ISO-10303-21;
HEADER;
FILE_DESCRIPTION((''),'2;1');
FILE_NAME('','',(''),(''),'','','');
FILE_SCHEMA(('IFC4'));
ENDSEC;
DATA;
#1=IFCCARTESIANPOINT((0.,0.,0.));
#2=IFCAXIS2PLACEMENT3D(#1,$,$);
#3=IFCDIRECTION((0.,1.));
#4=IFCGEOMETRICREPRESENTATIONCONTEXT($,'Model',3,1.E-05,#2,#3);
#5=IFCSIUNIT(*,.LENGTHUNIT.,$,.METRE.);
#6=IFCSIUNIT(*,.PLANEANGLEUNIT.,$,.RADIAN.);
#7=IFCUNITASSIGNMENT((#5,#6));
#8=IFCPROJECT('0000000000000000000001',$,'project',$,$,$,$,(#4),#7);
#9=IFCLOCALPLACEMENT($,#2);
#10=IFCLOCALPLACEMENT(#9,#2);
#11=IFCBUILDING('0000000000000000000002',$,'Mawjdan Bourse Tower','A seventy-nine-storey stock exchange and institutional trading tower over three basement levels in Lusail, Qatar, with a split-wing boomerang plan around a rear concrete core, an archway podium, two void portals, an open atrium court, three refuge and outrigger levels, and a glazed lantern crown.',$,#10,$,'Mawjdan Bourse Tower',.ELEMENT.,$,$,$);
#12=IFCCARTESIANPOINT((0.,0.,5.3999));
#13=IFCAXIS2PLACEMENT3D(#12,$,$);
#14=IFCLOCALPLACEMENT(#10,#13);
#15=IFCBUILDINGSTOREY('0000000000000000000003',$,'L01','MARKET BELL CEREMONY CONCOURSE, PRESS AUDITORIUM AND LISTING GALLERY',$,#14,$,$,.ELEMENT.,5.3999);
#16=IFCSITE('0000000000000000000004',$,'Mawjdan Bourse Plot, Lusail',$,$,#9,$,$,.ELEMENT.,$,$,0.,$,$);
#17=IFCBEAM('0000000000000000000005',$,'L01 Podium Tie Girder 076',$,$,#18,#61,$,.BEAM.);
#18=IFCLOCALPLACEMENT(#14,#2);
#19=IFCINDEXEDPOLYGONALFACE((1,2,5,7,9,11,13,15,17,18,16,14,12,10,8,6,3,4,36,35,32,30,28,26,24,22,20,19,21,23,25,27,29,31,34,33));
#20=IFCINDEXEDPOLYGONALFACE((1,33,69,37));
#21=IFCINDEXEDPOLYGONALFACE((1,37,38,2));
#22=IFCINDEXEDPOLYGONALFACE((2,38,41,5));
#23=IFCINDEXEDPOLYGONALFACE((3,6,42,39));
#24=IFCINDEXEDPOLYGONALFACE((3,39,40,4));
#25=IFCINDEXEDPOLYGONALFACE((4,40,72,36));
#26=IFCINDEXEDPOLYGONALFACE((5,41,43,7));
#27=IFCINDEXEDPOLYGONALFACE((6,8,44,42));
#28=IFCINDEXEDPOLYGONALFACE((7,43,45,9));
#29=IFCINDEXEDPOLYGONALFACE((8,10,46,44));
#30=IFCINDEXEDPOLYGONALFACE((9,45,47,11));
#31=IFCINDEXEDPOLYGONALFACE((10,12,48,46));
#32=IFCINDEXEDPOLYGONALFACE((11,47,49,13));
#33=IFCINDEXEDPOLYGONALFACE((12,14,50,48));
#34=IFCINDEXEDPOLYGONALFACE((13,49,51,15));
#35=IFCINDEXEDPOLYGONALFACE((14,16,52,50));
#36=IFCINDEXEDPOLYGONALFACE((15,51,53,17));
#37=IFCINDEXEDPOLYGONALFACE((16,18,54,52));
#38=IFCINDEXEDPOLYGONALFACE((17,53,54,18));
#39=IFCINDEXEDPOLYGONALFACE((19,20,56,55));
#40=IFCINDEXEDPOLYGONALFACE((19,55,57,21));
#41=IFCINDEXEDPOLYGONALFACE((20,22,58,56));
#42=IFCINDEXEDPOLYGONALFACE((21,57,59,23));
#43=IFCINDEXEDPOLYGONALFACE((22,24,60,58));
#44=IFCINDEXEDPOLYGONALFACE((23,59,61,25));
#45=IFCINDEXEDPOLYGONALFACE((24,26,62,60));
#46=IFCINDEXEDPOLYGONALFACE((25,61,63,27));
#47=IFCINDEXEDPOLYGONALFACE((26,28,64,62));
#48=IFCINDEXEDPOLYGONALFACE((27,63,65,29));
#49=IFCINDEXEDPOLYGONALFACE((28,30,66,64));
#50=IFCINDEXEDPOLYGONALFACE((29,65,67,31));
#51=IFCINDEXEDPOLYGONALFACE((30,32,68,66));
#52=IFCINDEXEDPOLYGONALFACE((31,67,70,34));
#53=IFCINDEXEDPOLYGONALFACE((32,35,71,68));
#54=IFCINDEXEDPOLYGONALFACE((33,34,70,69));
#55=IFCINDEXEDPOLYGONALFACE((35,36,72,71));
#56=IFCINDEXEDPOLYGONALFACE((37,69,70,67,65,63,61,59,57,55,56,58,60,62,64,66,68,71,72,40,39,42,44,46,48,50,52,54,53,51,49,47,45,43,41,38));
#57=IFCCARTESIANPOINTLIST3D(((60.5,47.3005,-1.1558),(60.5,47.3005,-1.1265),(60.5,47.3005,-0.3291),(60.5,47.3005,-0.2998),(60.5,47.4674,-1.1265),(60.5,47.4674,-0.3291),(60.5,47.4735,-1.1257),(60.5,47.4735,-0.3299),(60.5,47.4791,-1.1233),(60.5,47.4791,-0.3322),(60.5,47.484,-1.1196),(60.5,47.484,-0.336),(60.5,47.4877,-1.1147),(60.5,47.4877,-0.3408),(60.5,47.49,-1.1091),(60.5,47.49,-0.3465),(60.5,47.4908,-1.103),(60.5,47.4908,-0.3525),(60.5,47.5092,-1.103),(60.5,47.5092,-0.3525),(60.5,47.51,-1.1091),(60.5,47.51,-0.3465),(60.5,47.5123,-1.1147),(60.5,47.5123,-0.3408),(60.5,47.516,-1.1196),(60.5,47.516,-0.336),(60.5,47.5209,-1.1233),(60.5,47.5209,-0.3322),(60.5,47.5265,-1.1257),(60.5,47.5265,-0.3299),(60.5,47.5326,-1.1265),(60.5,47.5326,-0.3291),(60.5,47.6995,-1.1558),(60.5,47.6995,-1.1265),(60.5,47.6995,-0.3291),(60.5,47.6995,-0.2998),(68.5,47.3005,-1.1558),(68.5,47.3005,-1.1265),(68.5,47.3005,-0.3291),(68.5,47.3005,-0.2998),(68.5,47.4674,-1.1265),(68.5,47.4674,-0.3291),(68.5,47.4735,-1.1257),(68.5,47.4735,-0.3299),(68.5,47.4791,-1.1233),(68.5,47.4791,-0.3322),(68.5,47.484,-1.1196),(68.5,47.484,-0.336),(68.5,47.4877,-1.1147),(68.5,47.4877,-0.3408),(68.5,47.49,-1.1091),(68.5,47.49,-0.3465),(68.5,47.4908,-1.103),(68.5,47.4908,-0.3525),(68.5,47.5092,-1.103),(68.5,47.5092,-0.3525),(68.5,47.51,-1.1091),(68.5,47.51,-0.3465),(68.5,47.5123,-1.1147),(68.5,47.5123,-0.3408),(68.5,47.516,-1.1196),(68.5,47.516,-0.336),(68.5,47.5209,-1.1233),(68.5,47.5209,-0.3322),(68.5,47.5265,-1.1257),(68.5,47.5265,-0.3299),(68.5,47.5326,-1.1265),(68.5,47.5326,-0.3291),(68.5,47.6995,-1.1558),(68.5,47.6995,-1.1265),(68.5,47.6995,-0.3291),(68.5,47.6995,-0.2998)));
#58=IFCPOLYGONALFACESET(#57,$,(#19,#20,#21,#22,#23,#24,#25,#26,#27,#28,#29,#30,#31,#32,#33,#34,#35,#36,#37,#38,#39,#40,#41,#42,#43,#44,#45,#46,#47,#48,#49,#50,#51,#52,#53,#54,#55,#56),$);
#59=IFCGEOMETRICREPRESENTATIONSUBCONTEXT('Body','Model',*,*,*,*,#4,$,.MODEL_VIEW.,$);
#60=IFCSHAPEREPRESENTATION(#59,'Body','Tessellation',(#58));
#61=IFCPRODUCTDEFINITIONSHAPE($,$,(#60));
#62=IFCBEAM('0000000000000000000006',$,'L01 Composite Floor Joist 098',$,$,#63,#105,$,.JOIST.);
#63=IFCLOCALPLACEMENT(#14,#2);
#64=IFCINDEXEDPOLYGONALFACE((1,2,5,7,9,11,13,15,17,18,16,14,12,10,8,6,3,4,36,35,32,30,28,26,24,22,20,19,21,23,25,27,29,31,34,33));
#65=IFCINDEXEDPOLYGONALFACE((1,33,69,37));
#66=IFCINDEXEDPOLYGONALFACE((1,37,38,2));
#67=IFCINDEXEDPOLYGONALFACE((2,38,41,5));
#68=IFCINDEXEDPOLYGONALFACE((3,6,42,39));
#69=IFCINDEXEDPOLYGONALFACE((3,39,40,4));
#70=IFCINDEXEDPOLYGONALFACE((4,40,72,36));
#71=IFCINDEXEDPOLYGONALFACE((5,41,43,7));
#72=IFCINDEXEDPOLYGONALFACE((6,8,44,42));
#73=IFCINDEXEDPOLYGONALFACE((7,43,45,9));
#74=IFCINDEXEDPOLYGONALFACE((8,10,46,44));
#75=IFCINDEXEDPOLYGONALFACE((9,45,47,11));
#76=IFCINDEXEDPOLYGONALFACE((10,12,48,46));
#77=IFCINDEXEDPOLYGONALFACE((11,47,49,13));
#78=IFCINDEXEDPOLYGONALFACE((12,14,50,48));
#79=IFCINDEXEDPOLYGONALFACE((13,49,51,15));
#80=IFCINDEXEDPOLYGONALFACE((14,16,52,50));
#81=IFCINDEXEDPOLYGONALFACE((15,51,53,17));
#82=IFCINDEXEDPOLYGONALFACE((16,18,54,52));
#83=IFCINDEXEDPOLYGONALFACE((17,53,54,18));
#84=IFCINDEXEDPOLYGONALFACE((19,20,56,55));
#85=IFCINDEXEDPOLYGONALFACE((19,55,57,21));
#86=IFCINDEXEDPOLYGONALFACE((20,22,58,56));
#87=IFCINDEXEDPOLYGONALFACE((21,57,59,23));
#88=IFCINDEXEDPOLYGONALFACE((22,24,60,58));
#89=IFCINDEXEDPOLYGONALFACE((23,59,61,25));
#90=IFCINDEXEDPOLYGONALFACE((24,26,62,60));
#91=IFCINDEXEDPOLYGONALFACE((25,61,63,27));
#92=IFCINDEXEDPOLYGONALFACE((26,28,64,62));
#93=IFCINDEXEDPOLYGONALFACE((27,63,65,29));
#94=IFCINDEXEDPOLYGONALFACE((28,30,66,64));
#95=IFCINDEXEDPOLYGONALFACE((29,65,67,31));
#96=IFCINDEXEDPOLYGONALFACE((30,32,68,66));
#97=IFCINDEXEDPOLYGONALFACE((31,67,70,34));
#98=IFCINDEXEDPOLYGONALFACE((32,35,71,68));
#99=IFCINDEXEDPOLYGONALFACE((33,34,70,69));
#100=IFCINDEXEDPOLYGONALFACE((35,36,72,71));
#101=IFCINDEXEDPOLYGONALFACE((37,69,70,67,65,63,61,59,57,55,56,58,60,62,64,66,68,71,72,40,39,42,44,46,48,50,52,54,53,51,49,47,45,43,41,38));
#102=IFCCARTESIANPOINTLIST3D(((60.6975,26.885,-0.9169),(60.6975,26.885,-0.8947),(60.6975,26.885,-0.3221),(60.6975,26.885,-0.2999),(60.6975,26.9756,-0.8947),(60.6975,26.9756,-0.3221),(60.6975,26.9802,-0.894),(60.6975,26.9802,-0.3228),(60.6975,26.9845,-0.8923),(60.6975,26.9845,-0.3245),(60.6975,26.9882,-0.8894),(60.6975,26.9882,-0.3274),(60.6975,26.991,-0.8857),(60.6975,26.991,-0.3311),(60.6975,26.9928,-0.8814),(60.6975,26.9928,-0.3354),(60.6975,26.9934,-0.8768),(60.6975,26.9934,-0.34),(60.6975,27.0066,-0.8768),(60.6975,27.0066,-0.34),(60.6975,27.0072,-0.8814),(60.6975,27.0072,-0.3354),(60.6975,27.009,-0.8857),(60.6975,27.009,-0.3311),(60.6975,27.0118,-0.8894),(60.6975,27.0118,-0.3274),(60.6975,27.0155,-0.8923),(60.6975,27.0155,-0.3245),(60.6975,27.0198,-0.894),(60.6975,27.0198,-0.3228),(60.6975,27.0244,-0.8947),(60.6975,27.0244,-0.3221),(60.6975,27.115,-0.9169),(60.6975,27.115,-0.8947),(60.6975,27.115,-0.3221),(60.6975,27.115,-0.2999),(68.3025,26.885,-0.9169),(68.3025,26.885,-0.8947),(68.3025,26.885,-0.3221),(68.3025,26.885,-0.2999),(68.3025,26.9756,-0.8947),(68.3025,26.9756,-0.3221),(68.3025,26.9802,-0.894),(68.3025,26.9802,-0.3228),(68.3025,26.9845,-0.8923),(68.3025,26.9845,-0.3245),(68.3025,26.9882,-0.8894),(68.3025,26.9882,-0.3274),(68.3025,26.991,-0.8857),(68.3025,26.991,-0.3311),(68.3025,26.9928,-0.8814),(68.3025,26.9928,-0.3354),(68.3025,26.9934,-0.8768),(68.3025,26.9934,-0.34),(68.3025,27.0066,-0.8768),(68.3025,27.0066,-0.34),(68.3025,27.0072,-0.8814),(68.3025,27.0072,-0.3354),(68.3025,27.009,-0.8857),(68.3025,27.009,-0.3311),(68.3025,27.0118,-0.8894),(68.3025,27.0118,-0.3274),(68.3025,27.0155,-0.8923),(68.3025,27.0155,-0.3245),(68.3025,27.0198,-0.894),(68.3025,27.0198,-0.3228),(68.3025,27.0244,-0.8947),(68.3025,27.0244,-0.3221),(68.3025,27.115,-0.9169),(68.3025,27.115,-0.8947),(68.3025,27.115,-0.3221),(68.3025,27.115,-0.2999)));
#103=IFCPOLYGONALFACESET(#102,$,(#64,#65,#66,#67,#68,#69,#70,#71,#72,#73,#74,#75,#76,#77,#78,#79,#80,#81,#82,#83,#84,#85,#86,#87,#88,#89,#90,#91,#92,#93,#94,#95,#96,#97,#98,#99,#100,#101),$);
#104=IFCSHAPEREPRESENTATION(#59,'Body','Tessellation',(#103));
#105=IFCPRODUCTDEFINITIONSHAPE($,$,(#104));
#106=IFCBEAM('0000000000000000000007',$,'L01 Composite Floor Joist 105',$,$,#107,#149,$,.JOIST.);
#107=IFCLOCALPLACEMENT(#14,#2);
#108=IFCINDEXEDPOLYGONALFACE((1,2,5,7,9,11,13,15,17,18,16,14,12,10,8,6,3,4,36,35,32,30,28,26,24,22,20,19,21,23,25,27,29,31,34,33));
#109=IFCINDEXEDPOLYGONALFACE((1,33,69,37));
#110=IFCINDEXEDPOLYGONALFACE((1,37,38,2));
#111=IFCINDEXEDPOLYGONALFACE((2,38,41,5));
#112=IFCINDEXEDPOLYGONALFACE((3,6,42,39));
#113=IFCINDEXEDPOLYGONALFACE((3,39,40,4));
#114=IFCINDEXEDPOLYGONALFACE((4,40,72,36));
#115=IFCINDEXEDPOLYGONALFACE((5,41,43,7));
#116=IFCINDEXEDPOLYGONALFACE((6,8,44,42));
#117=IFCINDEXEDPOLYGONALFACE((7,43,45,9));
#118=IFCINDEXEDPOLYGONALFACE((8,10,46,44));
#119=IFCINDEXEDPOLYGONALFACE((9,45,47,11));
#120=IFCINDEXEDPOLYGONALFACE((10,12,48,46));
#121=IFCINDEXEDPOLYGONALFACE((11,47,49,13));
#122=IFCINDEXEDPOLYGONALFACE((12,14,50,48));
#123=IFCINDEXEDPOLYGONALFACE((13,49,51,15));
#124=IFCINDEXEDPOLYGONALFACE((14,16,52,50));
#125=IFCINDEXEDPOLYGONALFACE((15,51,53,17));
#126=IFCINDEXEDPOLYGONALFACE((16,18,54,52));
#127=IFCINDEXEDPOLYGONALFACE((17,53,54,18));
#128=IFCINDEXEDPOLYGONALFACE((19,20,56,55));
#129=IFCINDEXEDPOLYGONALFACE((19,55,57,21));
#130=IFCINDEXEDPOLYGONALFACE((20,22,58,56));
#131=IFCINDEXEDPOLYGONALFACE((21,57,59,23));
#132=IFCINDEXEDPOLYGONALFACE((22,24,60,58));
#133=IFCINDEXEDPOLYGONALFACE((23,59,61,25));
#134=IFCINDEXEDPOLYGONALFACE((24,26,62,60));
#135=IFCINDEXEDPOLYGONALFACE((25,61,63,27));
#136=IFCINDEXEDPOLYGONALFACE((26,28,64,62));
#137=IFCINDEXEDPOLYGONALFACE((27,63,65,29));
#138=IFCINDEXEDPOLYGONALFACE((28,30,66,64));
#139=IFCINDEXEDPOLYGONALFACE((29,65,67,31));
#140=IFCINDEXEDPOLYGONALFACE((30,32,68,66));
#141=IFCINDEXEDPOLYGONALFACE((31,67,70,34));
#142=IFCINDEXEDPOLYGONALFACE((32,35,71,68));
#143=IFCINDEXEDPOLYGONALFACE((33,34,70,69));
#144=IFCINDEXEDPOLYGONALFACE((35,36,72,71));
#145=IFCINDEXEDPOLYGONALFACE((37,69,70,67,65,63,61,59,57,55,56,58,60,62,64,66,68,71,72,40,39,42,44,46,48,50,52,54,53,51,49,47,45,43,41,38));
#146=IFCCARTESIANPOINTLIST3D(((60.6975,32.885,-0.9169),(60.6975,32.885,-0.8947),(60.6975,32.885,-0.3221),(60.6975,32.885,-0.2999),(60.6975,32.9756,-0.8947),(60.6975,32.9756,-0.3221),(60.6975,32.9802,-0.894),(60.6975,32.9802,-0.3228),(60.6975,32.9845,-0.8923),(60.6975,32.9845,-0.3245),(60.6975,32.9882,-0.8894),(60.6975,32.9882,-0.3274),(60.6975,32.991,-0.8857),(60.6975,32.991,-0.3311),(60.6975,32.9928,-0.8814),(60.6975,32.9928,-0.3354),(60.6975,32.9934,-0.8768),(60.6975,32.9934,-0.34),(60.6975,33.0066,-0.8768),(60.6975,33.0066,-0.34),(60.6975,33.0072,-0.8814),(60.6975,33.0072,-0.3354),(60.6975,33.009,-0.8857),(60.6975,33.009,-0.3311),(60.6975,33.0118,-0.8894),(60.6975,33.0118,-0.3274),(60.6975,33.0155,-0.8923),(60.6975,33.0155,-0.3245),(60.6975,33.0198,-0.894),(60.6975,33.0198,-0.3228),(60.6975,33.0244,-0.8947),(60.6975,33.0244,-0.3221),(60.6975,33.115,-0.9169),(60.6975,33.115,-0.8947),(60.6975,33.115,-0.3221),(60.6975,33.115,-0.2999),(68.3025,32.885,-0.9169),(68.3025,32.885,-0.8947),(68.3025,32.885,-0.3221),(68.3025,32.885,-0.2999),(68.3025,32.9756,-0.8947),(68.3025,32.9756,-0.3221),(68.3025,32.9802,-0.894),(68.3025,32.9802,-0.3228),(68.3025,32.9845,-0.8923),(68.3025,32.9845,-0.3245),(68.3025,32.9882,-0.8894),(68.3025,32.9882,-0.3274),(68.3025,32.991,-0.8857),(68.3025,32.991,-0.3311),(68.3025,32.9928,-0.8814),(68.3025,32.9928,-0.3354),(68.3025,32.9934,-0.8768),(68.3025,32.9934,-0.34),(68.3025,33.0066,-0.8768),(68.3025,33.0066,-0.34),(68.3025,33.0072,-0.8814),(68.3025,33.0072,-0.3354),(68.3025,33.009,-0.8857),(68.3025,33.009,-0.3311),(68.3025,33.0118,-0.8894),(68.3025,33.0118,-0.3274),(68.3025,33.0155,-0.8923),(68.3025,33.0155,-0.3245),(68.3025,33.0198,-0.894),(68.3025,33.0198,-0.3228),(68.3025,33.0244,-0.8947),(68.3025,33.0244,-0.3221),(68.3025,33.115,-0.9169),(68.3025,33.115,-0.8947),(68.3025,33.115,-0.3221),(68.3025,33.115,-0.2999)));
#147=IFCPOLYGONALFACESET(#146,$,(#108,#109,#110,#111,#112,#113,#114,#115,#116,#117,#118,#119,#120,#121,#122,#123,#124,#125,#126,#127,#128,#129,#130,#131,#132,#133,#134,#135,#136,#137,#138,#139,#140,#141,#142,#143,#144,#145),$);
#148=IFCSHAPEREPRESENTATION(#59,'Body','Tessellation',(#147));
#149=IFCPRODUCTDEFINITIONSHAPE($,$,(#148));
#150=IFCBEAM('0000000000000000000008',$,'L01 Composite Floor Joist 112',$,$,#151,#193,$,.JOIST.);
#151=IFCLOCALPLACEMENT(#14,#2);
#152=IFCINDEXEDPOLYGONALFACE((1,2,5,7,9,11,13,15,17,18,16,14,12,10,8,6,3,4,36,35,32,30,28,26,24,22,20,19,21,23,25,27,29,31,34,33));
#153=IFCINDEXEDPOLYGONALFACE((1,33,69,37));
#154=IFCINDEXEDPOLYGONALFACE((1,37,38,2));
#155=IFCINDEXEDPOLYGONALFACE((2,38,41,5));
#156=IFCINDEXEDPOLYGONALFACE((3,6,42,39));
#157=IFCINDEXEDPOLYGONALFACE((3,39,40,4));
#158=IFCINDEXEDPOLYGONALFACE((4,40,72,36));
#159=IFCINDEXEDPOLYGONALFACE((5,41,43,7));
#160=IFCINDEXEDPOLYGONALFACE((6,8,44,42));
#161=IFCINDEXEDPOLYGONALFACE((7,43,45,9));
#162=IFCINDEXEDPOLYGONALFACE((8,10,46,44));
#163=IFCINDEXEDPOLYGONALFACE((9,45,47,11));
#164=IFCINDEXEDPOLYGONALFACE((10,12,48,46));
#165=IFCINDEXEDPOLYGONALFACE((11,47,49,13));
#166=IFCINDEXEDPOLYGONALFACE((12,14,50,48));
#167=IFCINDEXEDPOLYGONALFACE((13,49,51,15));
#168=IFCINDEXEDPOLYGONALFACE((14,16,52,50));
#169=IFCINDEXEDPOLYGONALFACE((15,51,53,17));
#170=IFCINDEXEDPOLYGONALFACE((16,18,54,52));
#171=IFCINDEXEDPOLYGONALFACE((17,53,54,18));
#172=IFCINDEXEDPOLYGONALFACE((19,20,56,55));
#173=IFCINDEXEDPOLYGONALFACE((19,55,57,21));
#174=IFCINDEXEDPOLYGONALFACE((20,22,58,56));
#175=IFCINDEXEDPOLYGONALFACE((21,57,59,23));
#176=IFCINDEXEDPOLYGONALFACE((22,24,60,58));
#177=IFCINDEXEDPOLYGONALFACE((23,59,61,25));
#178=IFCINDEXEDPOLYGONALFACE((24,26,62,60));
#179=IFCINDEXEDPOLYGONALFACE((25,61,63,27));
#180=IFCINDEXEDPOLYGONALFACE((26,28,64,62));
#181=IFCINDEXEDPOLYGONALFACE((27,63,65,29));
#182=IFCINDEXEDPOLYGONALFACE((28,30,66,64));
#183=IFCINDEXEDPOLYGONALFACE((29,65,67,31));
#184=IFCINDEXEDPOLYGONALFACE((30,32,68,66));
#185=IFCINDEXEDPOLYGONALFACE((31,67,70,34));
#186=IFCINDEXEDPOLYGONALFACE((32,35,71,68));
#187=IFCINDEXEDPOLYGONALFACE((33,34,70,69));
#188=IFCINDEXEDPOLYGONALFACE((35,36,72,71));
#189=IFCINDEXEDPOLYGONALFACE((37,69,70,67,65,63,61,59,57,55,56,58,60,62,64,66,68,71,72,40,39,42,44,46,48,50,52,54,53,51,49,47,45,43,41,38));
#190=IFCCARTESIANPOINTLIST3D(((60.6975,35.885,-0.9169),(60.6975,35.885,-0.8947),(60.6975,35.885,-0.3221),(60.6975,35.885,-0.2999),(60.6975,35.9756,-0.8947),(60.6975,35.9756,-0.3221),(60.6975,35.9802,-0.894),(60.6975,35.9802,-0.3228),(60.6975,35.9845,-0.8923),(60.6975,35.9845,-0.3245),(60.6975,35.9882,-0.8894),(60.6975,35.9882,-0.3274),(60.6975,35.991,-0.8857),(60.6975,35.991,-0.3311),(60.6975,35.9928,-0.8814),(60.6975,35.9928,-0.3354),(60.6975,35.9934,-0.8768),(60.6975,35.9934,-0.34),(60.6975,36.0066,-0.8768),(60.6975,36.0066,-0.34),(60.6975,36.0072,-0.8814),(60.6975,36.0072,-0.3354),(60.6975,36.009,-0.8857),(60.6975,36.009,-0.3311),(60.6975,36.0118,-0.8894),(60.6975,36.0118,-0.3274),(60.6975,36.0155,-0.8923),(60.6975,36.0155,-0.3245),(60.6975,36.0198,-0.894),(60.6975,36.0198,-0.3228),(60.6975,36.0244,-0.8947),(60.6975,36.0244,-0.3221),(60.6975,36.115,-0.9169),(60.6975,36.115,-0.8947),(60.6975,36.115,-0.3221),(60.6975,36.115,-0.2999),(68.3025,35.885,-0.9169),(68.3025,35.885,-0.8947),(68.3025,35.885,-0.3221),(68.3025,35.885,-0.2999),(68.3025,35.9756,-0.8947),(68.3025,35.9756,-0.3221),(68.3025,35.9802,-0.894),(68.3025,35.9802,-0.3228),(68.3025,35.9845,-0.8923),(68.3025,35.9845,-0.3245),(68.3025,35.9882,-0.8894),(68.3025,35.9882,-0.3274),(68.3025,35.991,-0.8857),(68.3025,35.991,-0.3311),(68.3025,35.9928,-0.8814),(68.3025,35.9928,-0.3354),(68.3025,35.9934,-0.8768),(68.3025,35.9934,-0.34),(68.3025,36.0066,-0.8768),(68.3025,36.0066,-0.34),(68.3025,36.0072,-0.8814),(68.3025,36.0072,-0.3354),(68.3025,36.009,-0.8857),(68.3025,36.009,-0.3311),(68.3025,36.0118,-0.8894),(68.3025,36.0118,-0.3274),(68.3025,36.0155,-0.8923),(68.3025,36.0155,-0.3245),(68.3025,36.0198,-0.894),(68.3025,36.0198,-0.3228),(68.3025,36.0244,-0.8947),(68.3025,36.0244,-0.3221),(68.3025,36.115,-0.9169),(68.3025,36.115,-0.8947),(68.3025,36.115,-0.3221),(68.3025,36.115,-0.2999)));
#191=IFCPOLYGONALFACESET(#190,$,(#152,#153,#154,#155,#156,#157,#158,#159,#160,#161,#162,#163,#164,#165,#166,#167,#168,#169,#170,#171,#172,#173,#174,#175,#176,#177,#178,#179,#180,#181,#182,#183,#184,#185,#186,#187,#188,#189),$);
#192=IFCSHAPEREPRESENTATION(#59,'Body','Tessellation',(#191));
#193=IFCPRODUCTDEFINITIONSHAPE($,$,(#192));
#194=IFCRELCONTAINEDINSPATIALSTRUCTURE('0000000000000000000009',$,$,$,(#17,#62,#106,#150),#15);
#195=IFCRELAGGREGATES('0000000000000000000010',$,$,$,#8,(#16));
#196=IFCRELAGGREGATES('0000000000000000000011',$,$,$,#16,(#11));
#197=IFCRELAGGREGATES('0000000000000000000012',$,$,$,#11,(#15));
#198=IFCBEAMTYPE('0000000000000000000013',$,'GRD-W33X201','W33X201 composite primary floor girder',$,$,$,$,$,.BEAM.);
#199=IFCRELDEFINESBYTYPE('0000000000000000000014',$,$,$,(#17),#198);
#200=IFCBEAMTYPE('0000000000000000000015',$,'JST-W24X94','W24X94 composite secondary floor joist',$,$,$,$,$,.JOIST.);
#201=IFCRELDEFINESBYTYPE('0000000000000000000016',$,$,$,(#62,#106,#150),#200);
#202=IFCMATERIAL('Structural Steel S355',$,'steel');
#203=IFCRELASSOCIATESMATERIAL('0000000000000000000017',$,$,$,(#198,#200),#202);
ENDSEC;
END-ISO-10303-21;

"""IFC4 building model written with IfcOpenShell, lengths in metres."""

from ifc_helpers import new_model, si_unit, direction, frame, origin, origin_2d, place, context, subcontext, project, spatial, i_section, extrude, material, material_profile, profile_set, type_object, element, save


model = new_model("IFC4")

# Units and contexts
model_context = context("Model", 3, precision=1e-05, world=origin(), true_north=direction((0.0, 1.0)))
body_context = subcontext(model_context, "Body", "Model", "MODEL_VIEW")
ifc_project = project(units=[si_unit("LENGTHUNIT", "METRE"), si_unit("PLANEANGLEUNIT", "RADIAN")], contexts=[model_context])

# Site, building, storey
site_placement = place(None, origin())
site = spatial("IfcSite", under=ifc_project, at=site_placement, Name="Mawjdan Bourse Plot, Lusail", CompositionType="ELEMENT", RefElevation=0.0)
building_placement = place(site_placement, origin())
building = spatial("IfcBuilding", under=site, at=building_placement, Name="Mawjdan Bourse Tower", Description="A seventy-nine-storey stock exchange and institutional trading tower over three basement levels in Lusail, Qatar, with a split-wing boomerang plan around a rear concrete core, an archway podium, two void portals, an open atrium court, three refuge and outrigger levels, and a glazed lantern crown.", LongName="Mawjdan Bourse Tower", CompositionType="ELEMENT")
storey_placement = place(building_placement, frame((0.0, 0.0, 5.3999)))
storey = spatial("IfcBuildingStorey", under=building, at=storey_placement, Name="L01", Description="MARKET BELL CEREMONY CONCOURSE, PRESS AUDITORIUM AND LISTING GALLERY", CompositionType="ELEMENT", Elevation=5.3999)

# Beams
ifc_material_1 = material(Name="Structural Steel S355", Category="steel")
ifc_material_profile_1 = material_profile(ifc_material_1, i_section(OverallWidth=0.3989, OverallDepth=0.856, WebThickness=0.0183, FlangeThickness=0.0293, FilletRadius=0.0234, at=origin_2d()), Name="W33X201")
ifc_profile_set_1 = profile_set([ifc_material_profile_1], Name="Structural Steel S355")
beam_type_1 = type_object("IfcBeamType", Name="GRD-W33X201", Description="W33X201 composite primary floor girder", PredefinedType="BEAM", material=ifc_profile_set_1)
for number, where, z_axis, x_axis, name in (
    (1, (60.5, 47.5, -0.7278), (1.0, 0.0, 0.0), (0.0, 1.0, 0.0), "L01 Podium Tie Girder 076"),
):
    element("IfcBeam", number, at=place(storey_placement, frame(where, z_axis=z_axis, x_axis=x_axis)), inside=storey, type_object=beam_type_1, Name=name, PredefinedType="BEAM", context=body_context, shape_type="SweptSolid", body=[
        extrude(i_section(OverallWidth=0.3989, OverallDepth=0.856, WebThickness=0.0183, FlangeThickness=0.0293, FilletRadius=0.0234, at=origin_2d()), origin(), (0.0, 0.0, 1.0), 8.0),
    ])
ifc_material_profile_2 = material_profile(ifc_material_1, i_section(OverallWidth=0.23, OverallDepth=0.6169, WebThickness=0.0132, FlangeThickness=0.0222, FilletRadius=0.0178, at=origin_2d()), Name="W24X94")
ifc_profile_set_2 = profile_set([ifc_material_profile_2], Name="Structural Steel S355")
beam_type_2 = type_object("IfcBeamType", Name="JST-W24X94", Description="W24X94 composite secondary floor joist", PredefinedType="JOIST", material=ifc_profile_set_2)
for number, where, z_axis, x_axis, name in (
    (2, (60.6975, 27.0, -0.6084), (1.0, 0.0, 0.0), (0.0, 1.0, 0.0), "L01 Composite Floor Joist 098"),
    (3, (60.6975, 33.0, -0.6084), (1.0, 0.0, 0.0), (0.0, 1.0, 0.0), "L01 Composite Floor Joist 105"),
    (4, (60.6975, 36.0, -0.6084), (1.0, 0.0, 0.0), (0.0, 1.0, 0.0), "L01 Composite Floor Joist 112"),
):
    element("IfcBeam", number, at=place(storey_placement, frame(where, z_axis=z_axis, x_axis=x_axis)), inside=storey, type_object=beam_type_2, Name=name, PredefinedType="JOIST", context=body_context, shape_type="SweptSolid", body=[
        extrude(i_section(OverallWidth=0.23, OverallDepth=0.6169, WebThickness=0.0132, FlangeThickness=0.0222, FilletRadius=0.0178, at=origin_2d()), origin(), (0.0, 0.0, 1.0), 7.605),
    ])

save(model, "model.ifc")
